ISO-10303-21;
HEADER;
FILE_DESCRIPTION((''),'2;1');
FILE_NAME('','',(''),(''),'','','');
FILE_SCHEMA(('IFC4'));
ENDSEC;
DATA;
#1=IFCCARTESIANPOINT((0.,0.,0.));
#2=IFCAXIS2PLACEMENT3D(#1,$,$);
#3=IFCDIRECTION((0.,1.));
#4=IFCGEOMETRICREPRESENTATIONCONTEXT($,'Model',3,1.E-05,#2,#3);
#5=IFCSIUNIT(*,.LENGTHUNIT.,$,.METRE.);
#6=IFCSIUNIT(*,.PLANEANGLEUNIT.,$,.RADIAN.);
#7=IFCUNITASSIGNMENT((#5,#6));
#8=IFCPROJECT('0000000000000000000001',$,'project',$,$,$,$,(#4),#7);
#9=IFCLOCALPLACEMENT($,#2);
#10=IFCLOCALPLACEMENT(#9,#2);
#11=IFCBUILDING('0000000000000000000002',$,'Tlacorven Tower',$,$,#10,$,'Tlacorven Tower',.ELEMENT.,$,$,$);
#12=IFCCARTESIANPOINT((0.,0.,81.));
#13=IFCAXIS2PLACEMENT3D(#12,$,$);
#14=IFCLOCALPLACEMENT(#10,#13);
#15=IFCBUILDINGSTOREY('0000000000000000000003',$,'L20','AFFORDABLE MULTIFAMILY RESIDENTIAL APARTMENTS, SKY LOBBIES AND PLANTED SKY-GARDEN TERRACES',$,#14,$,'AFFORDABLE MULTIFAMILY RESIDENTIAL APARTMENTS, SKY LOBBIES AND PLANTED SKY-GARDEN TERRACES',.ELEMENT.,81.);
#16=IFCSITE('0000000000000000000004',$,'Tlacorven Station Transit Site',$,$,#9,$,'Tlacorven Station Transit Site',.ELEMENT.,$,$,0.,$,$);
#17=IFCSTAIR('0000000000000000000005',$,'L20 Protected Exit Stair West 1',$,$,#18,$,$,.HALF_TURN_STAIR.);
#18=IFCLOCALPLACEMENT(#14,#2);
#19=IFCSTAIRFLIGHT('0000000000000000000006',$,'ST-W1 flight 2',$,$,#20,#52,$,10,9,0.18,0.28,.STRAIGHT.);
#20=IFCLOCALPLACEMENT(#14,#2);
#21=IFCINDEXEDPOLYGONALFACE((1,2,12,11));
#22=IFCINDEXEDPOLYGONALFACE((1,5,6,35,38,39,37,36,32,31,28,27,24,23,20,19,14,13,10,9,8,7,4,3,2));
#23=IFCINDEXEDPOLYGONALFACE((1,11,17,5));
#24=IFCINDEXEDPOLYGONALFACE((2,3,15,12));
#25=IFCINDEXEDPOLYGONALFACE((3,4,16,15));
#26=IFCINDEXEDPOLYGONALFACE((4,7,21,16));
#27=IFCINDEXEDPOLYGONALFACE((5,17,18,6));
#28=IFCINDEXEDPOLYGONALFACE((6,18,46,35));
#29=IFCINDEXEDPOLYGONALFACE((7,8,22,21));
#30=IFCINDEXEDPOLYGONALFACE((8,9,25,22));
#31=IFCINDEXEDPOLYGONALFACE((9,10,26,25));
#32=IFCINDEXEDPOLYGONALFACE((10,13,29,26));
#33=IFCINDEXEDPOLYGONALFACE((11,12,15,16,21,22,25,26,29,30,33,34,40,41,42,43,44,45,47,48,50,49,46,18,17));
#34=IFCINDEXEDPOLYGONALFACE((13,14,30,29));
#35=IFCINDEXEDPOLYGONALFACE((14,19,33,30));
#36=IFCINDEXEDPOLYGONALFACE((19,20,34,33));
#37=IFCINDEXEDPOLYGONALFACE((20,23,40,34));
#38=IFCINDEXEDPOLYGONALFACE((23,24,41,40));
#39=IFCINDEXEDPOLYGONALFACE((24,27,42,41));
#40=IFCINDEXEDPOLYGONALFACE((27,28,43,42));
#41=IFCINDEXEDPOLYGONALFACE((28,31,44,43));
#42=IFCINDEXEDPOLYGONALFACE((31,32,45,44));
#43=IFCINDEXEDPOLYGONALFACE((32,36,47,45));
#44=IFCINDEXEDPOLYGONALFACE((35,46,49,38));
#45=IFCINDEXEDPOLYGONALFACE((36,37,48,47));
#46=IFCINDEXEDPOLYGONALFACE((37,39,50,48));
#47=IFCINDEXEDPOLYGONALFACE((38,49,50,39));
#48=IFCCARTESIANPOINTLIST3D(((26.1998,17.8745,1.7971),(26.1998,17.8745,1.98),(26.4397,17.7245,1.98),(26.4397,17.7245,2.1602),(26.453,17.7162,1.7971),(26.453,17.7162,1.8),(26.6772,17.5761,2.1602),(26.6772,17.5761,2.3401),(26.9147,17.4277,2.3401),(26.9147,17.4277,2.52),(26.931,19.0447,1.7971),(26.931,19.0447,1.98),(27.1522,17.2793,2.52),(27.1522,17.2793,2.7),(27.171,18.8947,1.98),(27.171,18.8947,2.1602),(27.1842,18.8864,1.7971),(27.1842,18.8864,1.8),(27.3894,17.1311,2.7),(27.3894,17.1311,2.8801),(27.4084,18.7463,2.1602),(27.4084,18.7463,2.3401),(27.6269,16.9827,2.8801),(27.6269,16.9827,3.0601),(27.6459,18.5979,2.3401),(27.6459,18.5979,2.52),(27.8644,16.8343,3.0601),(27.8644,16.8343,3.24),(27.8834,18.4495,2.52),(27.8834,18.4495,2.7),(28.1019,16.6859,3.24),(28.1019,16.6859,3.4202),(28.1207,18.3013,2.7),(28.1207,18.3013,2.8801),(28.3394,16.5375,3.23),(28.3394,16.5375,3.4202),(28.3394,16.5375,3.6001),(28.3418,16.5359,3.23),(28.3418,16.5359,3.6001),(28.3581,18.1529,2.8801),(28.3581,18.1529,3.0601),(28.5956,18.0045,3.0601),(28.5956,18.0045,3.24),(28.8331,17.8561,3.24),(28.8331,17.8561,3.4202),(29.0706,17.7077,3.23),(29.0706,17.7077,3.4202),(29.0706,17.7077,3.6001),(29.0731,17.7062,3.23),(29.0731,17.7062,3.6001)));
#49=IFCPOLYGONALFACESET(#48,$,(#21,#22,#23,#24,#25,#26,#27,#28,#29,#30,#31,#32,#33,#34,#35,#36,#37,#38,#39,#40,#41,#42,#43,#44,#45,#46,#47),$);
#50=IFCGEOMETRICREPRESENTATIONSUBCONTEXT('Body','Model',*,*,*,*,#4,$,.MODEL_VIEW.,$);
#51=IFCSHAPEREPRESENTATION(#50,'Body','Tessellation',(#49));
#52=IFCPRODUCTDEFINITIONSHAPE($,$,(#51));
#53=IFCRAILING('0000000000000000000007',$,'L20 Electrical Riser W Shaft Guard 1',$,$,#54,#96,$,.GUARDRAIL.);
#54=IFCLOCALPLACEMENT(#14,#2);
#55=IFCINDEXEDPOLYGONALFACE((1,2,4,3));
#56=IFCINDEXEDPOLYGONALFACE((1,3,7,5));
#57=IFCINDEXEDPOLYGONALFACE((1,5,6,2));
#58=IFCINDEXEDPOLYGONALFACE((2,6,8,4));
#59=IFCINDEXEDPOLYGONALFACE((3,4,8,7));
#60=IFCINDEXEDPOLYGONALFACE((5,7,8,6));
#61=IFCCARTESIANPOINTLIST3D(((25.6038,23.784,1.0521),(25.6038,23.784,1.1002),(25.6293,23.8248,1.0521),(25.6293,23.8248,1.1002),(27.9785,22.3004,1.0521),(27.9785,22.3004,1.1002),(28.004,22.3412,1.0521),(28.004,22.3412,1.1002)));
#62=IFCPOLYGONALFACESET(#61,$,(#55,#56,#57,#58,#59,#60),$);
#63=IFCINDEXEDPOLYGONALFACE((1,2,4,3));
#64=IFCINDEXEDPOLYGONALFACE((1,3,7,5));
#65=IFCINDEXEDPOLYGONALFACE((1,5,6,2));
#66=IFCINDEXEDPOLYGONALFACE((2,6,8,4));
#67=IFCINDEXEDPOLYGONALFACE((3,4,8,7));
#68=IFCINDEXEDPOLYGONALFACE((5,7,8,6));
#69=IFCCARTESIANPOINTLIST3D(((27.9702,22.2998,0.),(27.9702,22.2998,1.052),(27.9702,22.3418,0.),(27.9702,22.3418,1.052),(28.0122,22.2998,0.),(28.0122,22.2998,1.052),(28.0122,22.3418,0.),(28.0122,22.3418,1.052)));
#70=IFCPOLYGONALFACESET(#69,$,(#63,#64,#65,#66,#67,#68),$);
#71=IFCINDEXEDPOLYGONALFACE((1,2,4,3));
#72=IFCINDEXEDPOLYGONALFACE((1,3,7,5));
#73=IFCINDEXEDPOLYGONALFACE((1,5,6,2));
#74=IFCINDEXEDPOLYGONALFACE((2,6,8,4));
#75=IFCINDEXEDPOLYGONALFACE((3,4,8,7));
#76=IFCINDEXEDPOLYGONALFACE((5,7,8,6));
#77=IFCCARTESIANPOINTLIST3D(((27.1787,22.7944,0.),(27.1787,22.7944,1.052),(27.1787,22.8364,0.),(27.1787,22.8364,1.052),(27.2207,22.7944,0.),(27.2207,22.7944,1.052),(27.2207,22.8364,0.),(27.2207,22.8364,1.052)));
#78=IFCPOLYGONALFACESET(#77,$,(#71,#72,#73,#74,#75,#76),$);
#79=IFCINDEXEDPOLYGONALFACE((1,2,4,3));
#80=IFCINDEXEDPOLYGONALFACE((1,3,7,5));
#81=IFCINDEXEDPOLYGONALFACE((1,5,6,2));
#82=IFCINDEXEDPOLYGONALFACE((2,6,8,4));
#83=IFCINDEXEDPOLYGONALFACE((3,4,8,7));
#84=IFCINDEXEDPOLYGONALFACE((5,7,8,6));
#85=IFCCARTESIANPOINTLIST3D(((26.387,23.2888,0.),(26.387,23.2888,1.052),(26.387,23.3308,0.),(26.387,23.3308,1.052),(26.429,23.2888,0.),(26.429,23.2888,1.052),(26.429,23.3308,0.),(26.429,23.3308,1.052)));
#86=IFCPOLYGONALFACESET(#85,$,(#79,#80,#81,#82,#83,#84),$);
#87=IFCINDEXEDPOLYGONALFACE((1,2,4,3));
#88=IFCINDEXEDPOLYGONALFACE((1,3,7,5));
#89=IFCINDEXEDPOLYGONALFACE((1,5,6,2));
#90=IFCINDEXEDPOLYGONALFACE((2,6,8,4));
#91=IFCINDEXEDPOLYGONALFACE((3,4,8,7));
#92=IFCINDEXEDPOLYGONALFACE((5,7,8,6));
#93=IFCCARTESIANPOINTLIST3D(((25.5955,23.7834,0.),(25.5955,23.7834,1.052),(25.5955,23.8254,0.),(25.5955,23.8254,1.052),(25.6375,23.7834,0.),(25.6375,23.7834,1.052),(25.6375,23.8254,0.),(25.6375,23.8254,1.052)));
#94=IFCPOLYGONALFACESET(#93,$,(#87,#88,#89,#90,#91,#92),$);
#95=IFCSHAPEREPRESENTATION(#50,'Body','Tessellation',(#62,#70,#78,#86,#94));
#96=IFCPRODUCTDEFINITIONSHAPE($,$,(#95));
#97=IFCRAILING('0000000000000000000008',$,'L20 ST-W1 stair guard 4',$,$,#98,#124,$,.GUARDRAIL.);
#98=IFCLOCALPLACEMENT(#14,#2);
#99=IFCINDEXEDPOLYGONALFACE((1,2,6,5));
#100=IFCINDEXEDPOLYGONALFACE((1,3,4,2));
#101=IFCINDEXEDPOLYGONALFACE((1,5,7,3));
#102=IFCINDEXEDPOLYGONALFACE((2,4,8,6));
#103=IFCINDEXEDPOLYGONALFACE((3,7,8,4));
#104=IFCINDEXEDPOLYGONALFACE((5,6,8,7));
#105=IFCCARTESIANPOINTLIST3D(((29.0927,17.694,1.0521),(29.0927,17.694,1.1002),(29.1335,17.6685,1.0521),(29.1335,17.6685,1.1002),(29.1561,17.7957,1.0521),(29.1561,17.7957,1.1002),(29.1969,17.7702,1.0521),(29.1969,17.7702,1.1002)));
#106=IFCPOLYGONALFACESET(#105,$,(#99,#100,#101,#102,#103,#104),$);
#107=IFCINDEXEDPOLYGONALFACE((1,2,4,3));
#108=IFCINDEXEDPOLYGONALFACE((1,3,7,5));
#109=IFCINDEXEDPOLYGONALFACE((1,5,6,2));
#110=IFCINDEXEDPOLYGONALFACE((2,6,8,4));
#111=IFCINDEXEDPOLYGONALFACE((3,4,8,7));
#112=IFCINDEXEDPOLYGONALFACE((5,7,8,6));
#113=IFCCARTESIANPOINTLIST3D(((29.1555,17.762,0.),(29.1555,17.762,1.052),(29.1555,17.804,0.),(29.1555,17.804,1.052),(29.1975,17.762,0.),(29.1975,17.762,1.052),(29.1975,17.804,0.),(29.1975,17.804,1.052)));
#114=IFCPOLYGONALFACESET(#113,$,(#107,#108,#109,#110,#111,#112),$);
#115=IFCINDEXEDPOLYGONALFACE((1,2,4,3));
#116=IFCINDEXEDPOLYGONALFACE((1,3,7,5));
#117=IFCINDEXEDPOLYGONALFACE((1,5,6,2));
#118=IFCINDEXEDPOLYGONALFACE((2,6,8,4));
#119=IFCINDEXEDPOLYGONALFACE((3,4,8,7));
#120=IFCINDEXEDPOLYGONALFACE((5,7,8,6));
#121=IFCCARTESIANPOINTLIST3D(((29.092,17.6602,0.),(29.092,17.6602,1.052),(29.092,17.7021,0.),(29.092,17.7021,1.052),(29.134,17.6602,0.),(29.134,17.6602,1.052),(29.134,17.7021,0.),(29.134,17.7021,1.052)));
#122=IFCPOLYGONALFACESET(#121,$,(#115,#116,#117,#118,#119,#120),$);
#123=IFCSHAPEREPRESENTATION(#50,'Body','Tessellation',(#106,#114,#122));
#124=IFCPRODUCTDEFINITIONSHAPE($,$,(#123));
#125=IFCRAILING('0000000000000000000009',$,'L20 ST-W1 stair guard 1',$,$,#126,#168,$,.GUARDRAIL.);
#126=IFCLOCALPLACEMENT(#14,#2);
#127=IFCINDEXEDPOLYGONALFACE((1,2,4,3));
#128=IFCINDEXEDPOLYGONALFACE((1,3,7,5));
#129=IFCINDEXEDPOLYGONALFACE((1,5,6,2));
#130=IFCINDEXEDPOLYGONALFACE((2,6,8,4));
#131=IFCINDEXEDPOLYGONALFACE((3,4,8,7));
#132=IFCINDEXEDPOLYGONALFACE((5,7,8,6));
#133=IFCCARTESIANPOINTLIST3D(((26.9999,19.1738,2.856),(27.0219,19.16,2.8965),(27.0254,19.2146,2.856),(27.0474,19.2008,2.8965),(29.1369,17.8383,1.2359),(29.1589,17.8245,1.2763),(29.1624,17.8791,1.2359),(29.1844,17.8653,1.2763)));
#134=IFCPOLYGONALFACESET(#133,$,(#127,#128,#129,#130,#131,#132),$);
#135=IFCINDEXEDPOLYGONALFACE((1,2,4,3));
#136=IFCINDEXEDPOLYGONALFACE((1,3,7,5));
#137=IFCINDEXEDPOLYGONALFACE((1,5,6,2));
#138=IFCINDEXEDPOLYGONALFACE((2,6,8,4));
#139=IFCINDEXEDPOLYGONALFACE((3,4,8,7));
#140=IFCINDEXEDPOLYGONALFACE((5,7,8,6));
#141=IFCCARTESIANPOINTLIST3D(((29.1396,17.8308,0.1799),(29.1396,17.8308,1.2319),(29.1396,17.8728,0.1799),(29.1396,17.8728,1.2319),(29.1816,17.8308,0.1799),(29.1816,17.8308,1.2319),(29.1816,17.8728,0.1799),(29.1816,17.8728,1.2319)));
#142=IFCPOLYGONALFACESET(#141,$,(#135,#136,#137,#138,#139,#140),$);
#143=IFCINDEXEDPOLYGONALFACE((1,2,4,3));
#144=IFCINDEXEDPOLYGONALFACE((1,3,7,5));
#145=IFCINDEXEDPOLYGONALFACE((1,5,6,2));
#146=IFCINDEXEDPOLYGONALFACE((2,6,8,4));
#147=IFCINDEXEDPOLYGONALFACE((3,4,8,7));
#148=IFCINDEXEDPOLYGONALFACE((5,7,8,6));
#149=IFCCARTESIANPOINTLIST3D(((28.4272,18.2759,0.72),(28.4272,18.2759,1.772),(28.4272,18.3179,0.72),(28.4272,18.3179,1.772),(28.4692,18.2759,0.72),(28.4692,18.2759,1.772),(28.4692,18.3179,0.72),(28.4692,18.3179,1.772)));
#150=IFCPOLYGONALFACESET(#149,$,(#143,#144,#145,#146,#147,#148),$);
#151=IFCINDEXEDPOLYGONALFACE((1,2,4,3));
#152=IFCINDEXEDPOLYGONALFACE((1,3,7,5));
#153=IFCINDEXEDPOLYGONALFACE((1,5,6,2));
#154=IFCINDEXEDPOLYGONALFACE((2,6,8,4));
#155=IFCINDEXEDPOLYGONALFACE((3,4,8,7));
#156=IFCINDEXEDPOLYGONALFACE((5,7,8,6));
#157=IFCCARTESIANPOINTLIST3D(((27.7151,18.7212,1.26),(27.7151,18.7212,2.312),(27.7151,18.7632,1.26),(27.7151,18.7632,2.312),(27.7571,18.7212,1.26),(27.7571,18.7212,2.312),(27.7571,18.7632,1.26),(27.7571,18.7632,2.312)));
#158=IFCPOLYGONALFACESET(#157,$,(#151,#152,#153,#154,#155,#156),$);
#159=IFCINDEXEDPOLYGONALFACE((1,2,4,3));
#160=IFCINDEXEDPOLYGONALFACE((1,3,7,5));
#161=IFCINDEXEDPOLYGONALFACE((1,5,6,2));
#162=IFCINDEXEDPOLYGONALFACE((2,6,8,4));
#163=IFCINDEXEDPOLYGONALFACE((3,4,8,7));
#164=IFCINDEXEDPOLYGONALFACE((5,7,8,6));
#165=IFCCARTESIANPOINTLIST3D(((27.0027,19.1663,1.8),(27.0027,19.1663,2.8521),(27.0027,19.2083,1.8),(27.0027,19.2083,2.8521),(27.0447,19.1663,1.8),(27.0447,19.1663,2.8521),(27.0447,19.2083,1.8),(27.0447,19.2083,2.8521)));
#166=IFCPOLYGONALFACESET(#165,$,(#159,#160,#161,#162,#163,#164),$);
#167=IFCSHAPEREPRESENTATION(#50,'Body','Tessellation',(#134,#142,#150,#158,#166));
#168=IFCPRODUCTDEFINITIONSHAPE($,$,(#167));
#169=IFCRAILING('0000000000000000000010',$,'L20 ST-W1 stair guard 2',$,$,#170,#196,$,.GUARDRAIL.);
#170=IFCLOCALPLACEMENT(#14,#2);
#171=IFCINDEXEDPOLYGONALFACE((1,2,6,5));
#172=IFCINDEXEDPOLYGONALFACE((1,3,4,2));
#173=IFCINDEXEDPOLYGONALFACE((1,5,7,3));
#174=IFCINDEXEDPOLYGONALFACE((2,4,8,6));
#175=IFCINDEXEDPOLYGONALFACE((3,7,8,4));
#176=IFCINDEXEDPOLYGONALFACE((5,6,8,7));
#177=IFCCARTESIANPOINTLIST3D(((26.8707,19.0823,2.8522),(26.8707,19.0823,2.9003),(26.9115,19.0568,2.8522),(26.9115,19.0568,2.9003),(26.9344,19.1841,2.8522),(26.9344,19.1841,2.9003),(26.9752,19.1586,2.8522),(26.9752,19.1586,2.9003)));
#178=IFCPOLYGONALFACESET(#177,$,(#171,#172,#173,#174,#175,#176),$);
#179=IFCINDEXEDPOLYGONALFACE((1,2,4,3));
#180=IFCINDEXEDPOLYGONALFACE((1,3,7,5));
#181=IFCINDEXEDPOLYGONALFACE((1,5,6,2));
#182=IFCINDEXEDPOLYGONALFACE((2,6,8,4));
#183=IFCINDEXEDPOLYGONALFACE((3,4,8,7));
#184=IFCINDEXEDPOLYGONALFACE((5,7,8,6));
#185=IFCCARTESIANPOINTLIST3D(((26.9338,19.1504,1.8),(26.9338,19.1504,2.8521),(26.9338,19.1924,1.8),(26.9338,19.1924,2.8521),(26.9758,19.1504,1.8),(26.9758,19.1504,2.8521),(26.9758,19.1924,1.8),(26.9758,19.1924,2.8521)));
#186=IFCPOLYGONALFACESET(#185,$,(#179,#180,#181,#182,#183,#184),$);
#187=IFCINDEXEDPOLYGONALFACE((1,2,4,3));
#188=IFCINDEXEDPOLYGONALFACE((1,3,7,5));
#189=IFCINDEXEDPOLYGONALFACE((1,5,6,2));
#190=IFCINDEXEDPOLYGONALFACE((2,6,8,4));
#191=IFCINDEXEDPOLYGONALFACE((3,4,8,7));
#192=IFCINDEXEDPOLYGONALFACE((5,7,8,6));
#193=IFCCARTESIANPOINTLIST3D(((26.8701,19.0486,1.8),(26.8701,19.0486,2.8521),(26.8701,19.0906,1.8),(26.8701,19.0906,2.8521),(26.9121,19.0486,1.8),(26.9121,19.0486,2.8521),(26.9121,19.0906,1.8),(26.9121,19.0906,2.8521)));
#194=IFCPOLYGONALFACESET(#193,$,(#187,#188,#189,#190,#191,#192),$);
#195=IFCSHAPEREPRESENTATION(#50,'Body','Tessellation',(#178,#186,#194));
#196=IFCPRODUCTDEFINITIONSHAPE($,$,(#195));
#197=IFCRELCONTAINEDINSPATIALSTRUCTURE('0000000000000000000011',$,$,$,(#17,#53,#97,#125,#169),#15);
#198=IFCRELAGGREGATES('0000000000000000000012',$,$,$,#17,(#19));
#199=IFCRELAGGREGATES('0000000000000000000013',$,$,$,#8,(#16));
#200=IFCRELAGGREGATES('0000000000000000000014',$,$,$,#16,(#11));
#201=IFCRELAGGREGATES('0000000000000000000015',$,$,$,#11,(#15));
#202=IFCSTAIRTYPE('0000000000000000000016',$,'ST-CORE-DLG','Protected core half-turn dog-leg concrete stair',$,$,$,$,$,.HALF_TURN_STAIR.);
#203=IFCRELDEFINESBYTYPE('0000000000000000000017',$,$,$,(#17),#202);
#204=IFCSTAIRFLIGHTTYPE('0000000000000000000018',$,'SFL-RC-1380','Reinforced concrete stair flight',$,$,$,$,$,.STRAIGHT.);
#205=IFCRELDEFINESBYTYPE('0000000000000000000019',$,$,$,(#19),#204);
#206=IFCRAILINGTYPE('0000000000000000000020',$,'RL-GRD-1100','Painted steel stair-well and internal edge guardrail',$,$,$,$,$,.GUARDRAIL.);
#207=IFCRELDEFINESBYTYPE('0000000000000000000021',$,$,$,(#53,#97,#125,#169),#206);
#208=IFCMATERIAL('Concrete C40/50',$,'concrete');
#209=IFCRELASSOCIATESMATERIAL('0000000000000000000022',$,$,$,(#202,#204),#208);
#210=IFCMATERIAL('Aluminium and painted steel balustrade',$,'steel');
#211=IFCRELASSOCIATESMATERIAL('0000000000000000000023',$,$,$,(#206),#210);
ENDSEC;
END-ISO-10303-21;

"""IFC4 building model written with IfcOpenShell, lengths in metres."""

from ifc_helpers import new_model, si_unit, direction, frame, origin, origin_2d, place, context, subcontext, project, spatial, polyline, rectangle, outline, extrude, source, transform, mapped, material, type_object, element, aggregate, save


model = new_model("IFC4")

# Units and contexts
model_context = context("Model", 3, precision=1e-05, world=origin(), true_north=direction((0.0, 1.0)))
body_context = subcontext(model_context, "Body", "Model", "MODEL_VIEW")
ifc_project = project(units=[si_unit("LENGTHUNIT", "METRE"), si_unit("PLANEANGLEUNIT", "RADIAN")], contexts=[model_context])

# Site, building, storey
site_placement = place(None, origin())
site = spatial("IfcSite", under=ifc_project, at=site_placement, Name="Tlacorven Station Transit Site", LongName="Tlacorven Station Transit Site", CompositionType="ELEMENT", RefElevation=0.0)
building_placement = place(site_placement, origin())
building = spatial("IfcBuilding", under=site, at=building_placement, Name="Tlacorven Tower", LongName="Tlacorven Tower", CompositionType="ELEMENT")
storey_placement = place(building_placement, frame((0.0, 0.0, 81.0)))
storey = spatial("IfcBuildingStorey", under=building, at=storey_placement, Name="L20", Description="AFFORDABLE MULTIFAMILY RESIDENTIAL APARTMENTS, SKY LOBBIES AND PLANTED SKY-GARDEN TERRACES", LongName="AFFORDABLE MULTIFAMILY RESIDENTIAL APARTMENTS, SKY LOBBIES AND PLANTED SKY-GARDEN TERRACES", CompositionType="ELEMENT", Elevation=81.0)

# Shared definitions
ifc_material_1 = material(Name="Concrete C40/50", Category="concrete")

# Stair, stair flight
stair_type = type_object("IfcStairType", Name="ST-CORE-DLG", Description="Protected core half-turn dog-leg concrete stair", PredefinedType="HALF_TURN_STAIR", material=ifc_material_1)
stair_placement = place(storey_placement, origin())
stair = element("IfcStair", 1, at=stair_placement, inside=storey, type_object=stair_type, Name="L20 Protected Exit Stair West 1", PredefinedType="HALF_TURN_STAIR")
stair_flight_type = type_object("IfcStairFlightType", Name="SFL-RC-1380", Description="Reinforced concrete stair flight", PredefinedType="STRAIGHT", material=ifc_material_1)
shared_shape_1 = source(origin(), body_context, "Body", "SweptSolid", [
    extrude(outline(polyline([(-0.0029, -0.0029), (-0.0029, 0.1799), (0.28, 0.1799), (0.28, 0.3601), (0.5601, 0.3601), (0.5601, 0.54), (0.8401, 0.54), (0.8401, 0.72), (1.1201, 0.72), (1.1201, 0.8999), (1.3999, 0.8999), (1.3999, 1.0801), (1.6799, 1.0801), (1.6799, 1.26), (1.96, 1.26), (1.96, 1.4399), (2.24, 1.4399), (2.24, 1.6201), (2.52, 1.6201), (2.52, 1.8), (2.5229, 1.8), (2.5229, 1.4299), (2.52, 1.4299), (0.2957, 0.0), (0.2957, -0.0029), (-0.0029, -0.0029)])), frame((0.0, 0.6899, 0.0), z_axis=(0.0, -1.0, 0.0), x_axis=(1.0, 0.0, 0.0)), (0.0, 0.0, 1.0), 1.3799),
])
stair_flight_1_placement = place(storey_placement, frame((26.5679, 18.458, 1.8), z_axis=(0.0, 0.0, 1.0), x_axis=(0.848048, -0.529919, 0.0)))
stair_flight_1 = element("IfcStairFlight", 2, at=stair_flight_1_placement, type_object=stair_flight_type, Name="ST-W1 flight 2", NumberOfRisers=10, NumberOfTreads=9, PredefinedType="STRAIGHT", RiserHeight=0.18, TreadLength=0.28, context=body_context, shape_type="MappedRepresentation", body=[
    mapped(shared_shape_1, transform((0.0, 0.0, 0.0), scale=1.0)),
])
aggregate(stair, [stair_flight_1])

# Railings
ifc_material_2 = material(Name="Aluminium and painted steel balustrade", Category="steel")
railing_type_1 = type_object("IfcRailingType", Name="RL-GRD-1100", Description="Painted steel stair-well and internal edge guardrail", PredefinedType="GUARDRAIL", material=ifc_material_2)
shared_shape_2 = source(origin(), body_context, "Body", "SweptSolid", [
    extrude(rectangle(XDim=0.0481, YDim=0.0481, at=origin_2d()), frame((0.0, 0.0, 1.0762), z_axis=(-0.848091, 0.52985, 0.0), x_axis=(-0.52985, -0.848091, 0.0)), (0.0, 0.0, 1.0), 2.8),
    extrude(rectangle(XDim=0.042, YDim=0.042, at=origin_2d()), origin(), (0.0, 0.0, 1.0), 1.052),
    extrude(rectangle(XDim=0.042, YDim=0.042, at=origin_2d()), frame((-0.7915, 0.4946, 0.0)), (0.0, 0.0, 1.0), 1.052),
    extrude(rectangle(XDim=0.042, YDim=0.042, at=origin_2d()), frame((-1.5833, 0.989, 0.0)), (0.0, 0.0, 1.0), 1.052),
    extrude(rectangle(XDim=0.042, YDim=0.042, at=origin_2d()), frame((-2.3748, 1.4836, 0.0)), (0.0, 0.0, 1.0), 1.052),
])
railing_1_placement = place(storey_placement, frame((27.9912, 22.3208, 0.0)))
element("IfcRailing", 3, at=railing_1_placement, inside=storey, type_object=railing_type_1, Name="L20 Electrical Riser W Shaft Guard 1", PredefinedType="GUARDRAIL", context=body_context, shape_type="MappedRepresentation", body=[
    mapped(shared_shape_2, transform((0.0, 0.0, 0.0), scale=1.0)),
])
shared_shape_3 = source(origin(), body_context, "Body", "SweptSolid", [
    extrude(rectangle(XDim=0.0481, YDim=0.0481, at=origin_2d()), frame((0.0, 0.0, 1.0762), z_axis=(-0.529084, -0.848569, 0.0), x_axis=(0.848569, -0.529084, 0.0)), (0.0, 0.0, 1.0), 0.1199),
    extrude(rectangle(XDim=0.042, YDim=0.042, at=origin_2d()), origin(), (0.0, 0.0, 1.0), 1.052),
    extrude(rectangle(XDim=0.042, YDim=0.042, at=origin_2d()), frame((-0.0635, -0.1018, 0.0)), (0.0, 0.0, 1.0), 1.052),
])
railing_2_placement = place(storey_placement, frame((29.1765, 17.783, 0.0)))
element("IfcRailing", 4, at=railing_2_placement, inside=storey, type_object=railing_type_1, Name="L20 ST-W1 stair guard 4", PredefinedType="GUARDRAIL", context=body_context, shape_type="MappedRepresentation", body=[
    mapped(shared_shape_3, transform((0.0, 0.0, 0.0), scale=1.0)),
])
shared_shape_4 = source(origin(), body_context, "Body", "SweptSolid", [
    extrude(rectangle(XDim=0.0481, YDim=0.0481, at=origin_2d()), frame((0.0, 0.0, 1.0762), z_axis=(-0.71332, 0.445774, 0.540796), x_axis=(-0.529955, -0.848026, 0.0)), (0.0, 0.0, 1.0), 2.9958),
    extrude(rectangle(XDim=0.042, YDim=0.042, at=origin_2d()), origin(), (0.0, 0.0, 1.0), 1.052),
    extrude(rectangle(XDim=0.042, YDim=0.042, at=origin_2d()), frame((-0.7124, 0.4451, 0.54)), (0.0, 0.0, 1.0), 1.052),
    extrude(rectangle(XDim=0.042, YDim=0.042, at=origin_2d()), frame((-1.4246, 0.8904, 1.0801)), (0.0, 0.0, 1.0), 1.052),
    extrude(rectangle(XDim=0.042, YDim=0.042, at=origin_2d()), frame((-2.137, 1.3354, 1.6201)), (0.0, 0.0, 1.0), 1.052),
])
railing_3_placement = place(storey_placement, frame((29.1606, 17.8518, 0.1799)))
element("IfcRailing", 5, at=railing_3_placement, inside=storey, type_object=railing_type_1, Name="L20 ST-W1 stair guard 1", PredefinedType="GUARDRAIL", context=body_context, shape_type="MappedRepresentation", body=[
    mapped(shared_shape_4, transform((0.0, 0.0, 0.0), scale=1.0)),
])
shared_shape_5 = source(origin(), body_context, "Body", "SweptSolid", [
    extrude(rectangle(XDim=0.0481, YDim=0.0481, at=origin_2d()), frame((0.0, 0.0, 1.0762), z_axis=(-0.530547, -0.847656, 0.0), x_axis=(0.847656, -0.530547, 0.0)), (0.0, 0.0, 1.0), 0.1201),
    extrude(rectangle(XDim=0.042, YDim=0.042, at=origin_2d()), origin(), (0.0, 0.0, 1.0), 1.052),
    extrude(rectangle(XDim=0.042, YDim=0.042, at=origin_2d()), frame((-0.0637, -0.1018, 0.0)), (0.0, 0.0, 1.0), 1.052),
])
railing_4_placement = place(storey_placement, frame((26.9548, 19.1714, 1.8)))
element("IfcRailing", 6, at=railing_4_placement, inside=storey, type_object=railing_type_1, Name="L20 ST-W1 stair guard 2", PredefinedType="GUARDRAIL", context=body_context, shape_type="MappedRepresentation", body=[
    mapped(shared_shape_5, transform((0.0, 0.0, 0.0), scale=1.0)),
])

save(model, "model.ifc")
